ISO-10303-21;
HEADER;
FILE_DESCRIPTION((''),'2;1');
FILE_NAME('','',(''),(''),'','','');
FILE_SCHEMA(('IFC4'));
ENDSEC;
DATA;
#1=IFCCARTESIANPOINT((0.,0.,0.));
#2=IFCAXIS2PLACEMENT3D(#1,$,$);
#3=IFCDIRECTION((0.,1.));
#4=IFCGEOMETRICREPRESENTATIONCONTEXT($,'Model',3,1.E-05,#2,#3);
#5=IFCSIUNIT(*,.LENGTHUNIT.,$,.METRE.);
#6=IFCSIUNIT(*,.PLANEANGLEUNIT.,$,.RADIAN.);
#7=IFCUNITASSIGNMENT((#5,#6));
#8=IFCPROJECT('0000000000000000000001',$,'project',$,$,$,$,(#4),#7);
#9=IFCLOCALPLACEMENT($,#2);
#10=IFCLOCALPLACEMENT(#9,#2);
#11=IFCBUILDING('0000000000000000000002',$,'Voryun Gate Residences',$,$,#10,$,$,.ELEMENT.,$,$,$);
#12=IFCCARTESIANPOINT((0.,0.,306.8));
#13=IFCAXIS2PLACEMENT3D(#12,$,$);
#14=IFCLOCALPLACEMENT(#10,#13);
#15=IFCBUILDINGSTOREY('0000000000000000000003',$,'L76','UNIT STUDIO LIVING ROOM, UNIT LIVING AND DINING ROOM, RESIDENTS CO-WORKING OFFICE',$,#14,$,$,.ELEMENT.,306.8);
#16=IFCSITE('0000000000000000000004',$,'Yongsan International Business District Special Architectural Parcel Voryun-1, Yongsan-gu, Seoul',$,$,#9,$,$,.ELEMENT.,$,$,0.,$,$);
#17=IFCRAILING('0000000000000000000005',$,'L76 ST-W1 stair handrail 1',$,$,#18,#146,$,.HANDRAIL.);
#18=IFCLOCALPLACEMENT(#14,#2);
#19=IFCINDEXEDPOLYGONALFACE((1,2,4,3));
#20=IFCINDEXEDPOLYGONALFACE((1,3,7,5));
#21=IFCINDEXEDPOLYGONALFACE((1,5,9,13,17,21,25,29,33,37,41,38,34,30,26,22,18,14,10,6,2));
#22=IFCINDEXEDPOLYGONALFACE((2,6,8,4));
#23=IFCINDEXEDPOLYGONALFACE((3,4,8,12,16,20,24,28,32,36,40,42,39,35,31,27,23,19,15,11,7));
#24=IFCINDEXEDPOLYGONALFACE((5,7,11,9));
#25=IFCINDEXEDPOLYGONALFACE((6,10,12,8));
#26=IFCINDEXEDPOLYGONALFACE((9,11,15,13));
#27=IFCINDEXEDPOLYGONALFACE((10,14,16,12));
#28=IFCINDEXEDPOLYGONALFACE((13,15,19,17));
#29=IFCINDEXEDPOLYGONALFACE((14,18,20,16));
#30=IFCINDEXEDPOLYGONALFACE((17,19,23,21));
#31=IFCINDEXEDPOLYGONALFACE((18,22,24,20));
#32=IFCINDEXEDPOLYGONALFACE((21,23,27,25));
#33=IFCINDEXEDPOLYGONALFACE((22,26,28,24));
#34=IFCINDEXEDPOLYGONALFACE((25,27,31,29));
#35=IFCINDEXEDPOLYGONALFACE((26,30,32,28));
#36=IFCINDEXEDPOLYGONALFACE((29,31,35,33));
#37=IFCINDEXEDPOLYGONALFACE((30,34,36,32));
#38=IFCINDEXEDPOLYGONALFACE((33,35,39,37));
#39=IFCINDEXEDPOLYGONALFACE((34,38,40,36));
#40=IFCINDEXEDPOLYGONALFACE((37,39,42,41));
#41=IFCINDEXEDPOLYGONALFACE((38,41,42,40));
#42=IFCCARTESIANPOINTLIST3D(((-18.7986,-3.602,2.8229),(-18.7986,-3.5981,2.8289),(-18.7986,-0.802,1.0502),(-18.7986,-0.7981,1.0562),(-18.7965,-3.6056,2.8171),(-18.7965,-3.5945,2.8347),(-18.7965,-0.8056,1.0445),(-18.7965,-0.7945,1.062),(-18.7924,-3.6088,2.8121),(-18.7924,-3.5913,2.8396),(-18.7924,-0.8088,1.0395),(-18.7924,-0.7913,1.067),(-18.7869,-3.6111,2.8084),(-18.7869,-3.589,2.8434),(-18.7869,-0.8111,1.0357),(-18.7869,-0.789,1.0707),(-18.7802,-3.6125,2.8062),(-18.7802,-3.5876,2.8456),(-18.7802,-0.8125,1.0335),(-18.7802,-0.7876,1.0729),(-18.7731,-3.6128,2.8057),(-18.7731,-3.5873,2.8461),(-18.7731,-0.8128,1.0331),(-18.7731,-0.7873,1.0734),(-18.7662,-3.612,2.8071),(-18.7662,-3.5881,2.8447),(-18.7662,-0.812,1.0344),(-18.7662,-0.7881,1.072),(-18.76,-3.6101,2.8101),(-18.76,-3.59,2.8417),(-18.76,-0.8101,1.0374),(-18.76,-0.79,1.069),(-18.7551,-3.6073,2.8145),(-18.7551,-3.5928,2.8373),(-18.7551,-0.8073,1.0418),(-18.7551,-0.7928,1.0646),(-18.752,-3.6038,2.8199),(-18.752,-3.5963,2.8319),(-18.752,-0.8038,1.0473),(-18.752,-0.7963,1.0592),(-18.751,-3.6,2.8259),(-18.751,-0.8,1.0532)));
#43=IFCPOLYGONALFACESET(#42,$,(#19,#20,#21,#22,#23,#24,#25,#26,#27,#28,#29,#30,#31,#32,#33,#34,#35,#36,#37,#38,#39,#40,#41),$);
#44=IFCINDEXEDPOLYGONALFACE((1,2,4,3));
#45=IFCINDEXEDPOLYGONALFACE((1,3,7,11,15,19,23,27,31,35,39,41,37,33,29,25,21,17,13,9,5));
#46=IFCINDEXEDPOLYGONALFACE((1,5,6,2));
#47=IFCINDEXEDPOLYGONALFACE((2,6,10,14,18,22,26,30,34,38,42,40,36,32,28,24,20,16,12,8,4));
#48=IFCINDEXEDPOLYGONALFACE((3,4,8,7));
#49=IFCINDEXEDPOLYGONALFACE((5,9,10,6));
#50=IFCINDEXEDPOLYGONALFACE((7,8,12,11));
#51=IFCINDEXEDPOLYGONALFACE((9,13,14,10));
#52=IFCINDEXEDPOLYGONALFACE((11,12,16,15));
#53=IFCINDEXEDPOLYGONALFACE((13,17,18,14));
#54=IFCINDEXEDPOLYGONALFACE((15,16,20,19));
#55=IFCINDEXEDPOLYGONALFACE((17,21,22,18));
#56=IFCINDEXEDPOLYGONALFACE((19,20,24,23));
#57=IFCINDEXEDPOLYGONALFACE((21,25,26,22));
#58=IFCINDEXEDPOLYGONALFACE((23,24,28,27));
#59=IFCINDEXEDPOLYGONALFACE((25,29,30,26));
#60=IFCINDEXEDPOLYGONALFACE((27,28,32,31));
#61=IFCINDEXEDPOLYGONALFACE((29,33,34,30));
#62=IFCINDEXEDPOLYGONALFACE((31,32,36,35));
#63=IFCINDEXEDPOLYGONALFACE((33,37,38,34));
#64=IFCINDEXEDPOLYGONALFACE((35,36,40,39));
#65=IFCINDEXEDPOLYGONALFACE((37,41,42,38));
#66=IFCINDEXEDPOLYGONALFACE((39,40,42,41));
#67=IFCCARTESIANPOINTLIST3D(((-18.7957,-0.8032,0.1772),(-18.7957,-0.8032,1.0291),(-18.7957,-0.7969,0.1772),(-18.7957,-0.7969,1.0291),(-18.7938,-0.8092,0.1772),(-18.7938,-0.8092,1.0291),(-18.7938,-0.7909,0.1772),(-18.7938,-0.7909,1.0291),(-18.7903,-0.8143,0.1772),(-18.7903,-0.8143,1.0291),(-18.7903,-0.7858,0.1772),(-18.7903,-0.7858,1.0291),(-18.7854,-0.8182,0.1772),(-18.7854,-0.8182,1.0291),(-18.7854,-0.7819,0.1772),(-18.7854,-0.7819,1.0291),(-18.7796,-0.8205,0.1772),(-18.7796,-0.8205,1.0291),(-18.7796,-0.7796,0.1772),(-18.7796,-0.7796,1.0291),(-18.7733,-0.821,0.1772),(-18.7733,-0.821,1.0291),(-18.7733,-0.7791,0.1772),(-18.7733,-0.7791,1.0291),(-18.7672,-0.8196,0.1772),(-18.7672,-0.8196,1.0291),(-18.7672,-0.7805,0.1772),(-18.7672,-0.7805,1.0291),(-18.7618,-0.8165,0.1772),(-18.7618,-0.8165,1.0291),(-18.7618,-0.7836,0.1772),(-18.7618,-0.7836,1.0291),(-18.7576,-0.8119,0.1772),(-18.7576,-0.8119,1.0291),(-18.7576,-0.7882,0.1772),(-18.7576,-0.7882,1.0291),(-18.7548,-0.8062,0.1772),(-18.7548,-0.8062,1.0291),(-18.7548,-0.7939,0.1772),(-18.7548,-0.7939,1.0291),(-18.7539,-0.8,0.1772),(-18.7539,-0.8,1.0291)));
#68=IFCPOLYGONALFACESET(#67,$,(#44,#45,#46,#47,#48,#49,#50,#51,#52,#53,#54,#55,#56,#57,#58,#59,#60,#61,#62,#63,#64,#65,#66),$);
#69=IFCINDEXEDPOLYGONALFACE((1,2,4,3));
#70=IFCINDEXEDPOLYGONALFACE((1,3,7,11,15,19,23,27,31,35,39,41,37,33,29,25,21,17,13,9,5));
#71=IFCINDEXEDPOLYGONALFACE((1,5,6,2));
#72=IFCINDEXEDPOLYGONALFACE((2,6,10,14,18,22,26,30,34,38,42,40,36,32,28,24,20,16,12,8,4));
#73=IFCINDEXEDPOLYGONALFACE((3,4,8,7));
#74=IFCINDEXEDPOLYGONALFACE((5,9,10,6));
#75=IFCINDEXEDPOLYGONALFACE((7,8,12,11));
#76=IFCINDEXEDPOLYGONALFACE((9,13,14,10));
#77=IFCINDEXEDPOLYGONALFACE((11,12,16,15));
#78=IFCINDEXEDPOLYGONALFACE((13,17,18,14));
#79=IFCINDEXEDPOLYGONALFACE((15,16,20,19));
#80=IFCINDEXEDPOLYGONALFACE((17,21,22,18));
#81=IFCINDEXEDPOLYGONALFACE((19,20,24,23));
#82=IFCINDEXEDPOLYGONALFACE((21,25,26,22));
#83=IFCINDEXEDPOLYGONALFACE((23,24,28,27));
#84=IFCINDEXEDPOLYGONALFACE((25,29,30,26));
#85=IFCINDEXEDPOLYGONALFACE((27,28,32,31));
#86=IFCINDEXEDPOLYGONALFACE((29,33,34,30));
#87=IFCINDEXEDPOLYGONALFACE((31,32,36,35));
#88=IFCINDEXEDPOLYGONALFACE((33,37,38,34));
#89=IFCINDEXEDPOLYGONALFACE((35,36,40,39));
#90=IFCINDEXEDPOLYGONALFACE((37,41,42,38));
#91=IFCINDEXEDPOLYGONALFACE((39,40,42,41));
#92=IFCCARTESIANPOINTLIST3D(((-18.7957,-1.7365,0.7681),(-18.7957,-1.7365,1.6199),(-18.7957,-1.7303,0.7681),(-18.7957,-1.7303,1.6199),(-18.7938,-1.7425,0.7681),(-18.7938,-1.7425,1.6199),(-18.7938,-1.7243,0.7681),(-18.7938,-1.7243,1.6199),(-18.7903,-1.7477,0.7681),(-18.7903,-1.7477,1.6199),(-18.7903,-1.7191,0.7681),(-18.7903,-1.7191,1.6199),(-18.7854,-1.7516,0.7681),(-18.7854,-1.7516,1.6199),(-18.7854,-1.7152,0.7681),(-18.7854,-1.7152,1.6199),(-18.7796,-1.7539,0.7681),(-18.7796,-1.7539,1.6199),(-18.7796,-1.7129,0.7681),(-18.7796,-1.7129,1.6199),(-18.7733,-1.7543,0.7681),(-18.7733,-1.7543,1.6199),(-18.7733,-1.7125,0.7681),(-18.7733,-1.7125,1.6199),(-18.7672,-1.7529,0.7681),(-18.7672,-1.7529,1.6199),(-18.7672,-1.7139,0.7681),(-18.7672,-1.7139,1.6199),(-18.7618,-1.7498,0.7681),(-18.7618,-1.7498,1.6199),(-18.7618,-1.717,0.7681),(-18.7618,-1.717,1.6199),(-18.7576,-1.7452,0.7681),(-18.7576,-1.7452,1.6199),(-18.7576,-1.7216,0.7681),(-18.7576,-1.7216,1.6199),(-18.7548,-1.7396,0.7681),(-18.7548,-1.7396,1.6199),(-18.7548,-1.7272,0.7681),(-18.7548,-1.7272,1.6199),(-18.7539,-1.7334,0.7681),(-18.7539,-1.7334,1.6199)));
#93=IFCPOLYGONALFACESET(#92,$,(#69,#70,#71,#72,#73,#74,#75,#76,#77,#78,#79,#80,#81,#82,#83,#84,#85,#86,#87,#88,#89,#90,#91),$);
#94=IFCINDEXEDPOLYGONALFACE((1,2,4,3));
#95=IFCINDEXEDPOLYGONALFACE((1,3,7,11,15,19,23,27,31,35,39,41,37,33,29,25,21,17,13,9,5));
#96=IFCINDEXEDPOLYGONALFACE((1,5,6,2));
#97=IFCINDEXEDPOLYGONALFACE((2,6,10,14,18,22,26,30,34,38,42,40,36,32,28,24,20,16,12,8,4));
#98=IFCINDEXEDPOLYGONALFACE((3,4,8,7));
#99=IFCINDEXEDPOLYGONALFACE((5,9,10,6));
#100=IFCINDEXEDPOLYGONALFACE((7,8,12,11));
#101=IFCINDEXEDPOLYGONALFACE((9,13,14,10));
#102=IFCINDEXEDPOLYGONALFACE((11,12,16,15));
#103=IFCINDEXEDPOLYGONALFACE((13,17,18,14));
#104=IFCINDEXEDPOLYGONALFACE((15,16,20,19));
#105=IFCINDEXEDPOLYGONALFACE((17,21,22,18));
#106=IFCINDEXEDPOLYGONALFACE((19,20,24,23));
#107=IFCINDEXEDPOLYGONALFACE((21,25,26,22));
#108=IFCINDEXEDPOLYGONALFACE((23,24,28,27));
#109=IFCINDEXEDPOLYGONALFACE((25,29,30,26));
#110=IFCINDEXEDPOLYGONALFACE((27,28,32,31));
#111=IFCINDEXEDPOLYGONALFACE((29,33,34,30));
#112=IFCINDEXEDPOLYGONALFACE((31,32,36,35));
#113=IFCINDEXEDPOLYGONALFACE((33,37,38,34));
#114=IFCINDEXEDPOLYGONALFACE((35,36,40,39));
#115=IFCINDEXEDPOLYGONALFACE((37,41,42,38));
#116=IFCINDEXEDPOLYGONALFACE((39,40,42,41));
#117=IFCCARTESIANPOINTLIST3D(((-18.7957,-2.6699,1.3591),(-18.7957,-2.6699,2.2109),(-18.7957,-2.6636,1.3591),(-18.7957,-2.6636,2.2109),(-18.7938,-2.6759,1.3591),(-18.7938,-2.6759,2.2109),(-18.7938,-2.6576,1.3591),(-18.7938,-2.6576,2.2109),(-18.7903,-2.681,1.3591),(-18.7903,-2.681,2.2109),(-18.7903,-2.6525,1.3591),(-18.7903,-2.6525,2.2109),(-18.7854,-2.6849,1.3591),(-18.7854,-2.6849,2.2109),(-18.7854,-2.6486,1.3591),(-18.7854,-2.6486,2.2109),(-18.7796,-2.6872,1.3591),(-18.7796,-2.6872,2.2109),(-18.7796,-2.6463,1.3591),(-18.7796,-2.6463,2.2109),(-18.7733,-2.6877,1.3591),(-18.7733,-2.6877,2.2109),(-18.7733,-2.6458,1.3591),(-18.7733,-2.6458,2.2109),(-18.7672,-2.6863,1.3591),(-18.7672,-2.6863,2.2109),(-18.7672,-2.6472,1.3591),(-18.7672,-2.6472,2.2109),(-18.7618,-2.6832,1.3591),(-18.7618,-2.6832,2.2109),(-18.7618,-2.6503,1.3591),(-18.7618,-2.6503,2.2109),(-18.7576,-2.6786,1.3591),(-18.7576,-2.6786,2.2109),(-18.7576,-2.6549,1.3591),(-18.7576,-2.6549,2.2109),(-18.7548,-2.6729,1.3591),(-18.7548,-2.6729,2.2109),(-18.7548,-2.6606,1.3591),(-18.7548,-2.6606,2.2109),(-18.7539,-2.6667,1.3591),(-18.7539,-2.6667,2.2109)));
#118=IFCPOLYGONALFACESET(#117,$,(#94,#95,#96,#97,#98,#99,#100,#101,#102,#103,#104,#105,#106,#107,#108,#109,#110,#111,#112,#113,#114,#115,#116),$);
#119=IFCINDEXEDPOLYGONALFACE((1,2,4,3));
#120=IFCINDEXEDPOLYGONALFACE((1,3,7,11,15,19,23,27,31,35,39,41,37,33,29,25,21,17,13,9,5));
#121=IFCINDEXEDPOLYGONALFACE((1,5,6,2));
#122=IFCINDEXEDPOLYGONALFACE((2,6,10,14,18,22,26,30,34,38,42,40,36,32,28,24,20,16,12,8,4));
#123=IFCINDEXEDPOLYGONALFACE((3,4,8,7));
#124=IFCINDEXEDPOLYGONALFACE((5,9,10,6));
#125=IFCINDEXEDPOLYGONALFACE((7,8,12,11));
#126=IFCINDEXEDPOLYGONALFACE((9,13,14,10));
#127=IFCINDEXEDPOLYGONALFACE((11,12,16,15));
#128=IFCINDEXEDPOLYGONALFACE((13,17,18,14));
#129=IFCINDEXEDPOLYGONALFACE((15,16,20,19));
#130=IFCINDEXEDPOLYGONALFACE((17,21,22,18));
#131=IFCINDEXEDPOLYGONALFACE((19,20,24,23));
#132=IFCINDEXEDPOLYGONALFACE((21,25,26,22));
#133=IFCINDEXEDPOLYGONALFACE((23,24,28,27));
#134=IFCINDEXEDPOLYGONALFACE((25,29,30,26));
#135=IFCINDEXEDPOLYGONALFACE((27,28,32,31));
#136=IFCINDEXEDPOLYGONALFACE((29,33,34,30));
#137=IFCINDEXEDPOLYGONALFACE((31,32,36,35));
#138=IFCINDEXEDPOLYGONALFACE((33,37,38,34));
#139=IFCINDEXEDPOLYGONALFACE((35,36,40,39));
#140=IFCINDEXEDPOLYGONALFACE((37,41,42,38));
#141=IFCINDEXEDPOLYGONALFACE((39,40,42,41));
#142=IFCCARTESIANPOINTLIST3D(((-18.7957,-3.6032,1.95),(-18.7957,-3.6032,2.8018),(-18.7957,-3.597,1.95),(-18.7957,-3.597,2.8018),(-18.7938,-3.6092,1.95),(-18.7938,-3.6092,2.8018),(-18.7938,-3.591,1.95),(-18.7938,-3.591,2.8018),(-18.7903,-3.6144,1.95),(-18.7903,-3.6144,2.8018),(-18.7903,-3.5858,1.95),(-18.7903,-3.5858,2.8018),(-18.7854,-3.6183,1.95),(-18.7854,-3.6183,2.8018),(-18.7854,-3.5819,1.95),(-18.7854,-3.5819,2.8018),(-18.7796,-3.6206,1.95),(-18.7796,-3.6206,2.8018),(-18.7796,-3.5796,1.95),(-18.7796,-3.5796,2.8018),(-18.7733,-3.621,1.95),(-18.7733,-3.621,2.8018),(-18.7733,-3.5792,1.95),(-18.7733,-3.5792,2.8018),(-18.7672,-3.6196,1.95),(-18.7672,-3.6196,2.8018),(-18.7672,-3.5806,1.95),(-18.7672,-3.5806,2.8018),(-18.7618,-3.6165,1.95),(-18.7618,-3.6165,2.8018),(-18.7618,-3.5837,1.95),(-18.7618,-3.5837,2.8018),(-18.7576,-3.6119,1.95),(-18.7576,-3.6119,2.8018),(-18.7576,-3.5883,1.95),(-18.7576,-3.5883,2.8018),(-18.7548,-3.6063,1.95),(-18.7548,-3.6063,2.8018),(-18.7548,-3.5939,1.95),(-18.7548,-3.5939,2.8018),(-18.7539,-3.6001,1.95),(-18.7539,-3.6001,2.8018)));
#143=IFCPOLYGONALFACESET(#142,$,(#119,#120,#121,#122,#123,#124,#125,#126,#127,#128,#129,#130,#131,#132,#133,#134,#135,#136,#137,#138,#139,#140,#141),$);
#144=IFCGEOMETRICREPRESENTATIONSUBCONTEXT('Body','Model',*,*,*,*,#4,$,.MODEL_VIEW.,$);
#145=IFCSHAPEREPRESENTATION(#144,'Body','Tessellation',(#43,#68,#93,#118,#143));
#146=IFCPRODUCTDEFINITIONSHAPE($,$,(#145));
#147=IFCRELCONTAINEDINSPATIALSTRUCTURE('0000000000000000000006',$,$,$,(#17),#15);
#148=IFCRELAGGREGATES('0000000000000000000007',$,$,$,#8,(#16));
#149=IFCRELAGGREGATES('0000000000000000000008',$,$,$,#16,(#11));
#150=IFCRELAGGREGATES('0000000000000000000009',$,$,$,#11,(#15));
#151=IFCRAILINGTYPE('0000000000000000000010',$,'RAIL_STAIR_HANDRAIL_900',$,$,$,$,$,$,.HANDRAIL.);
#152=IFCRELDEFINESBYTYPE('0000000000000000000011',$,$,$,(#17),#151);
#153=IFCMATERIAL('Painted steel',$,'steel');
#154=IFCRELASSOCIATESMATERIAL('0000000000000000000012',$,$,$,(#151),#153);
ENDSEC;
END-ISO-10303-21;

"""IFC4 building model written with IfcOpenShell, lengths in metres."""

from ifc_helpers import new_model, si_unit, direction, frame, origin, origin_2d, place, context, subcontext, project, spatial, circle, extrude, material, type_object, element, save


model = new_model("IFC4")

# Units and contexts
model_context = context("Model", 3, precision=1e-05, world=origin(), true_north=direction((0.0, 1.0)))
body_context = subcontext(model_context, "Body", "Model", "MODEL_VIEW")
ifc_project = project(units=[si_unit("LENGTHUNIT", "METRE"), si_unit("PLANEANGLEUNIT", "RADIAN")], contexts=[model_context])

# Site, building, storey
site_placement = place(None, origin())
site = spatial("IfcSite", under=ifc_project, at=site_placement, Name="Yongsan International Business District Special Architectural Parcel Voryun-1, Yongsan-gu, Seoul", CompositionType="ELEMENT", RefElevation=0.0)
building_placement = place(site_placement, origin())
building = spatial("IfcBuilding", under=site, at=building_placement, Name="Voryun Gate Residences", CompositionType="ELEMENT")
storey_placement = place(building_placement, frame((0.0, 0.0, 306.8)))
storey = spatial("IfcBuildingStorey", under=building, at=storey_placement, Name="L76", Description="UNIT STUDIO LIVING ROOM, UNIT LIVING AND DINING ROOM, RESIDENTS CO-WORKING OFFICE", CompositionType="ELEMENT", Elevation=306.8)

# Railing
ifc_material_1 = material(Name="Painted steel", Category="steel")
railing_type_1 = type_object("IfcRailingType", Name="RAIL_STAIR_HANDRAIL_900", PredefinedType="HANDRAIL", material=ifc_material_1)
railing_1_placement = place(storey_placement, frame((-18.7749, -0.8, 0.1772)))
element("IfcRailing", 1, at=railing_1_placement, inside=storey, type_object=railing_type_1, Name="L76 ST-W1 stair handrail 1", PredefinedType="HANDRAIL", context=body_context, shape_type="SweptSolid", body=[
    extrude(circle(Radius=0.0239, at=origin_2d()), frame((0.0, 0.0, 0.876), z_axis=(0.0, -0.844909, 0.53491), x_axis=(1.0, 0.0, 0.0)), (0.0, 0.0, 1.0), 3.314),
    extrude(circle(Radius=0.021, at=origin_2d()), origin(), (0.0, 0.0, 1.0), 0.8518),
    extrude(circle(Radius=0.021, at=origin_2d()), frame((0.0, -0.9333, 0.5908)), (0.0, 0.0, 1.0), 0.8518),
    extrude(circle(Radius=0.021, at=origin_2d()), frame((0.0, -1.8667, 1.1819)), (0.0, 0.0, 1.0), 0.8518),
    extrude(circle(Radius=0.021, at=origin_2d()), frame((0.0, -2.8, 1.7727)), (0.0, 0.0, 1.0), 0.8518),
])

save(model, "model.ifc")
